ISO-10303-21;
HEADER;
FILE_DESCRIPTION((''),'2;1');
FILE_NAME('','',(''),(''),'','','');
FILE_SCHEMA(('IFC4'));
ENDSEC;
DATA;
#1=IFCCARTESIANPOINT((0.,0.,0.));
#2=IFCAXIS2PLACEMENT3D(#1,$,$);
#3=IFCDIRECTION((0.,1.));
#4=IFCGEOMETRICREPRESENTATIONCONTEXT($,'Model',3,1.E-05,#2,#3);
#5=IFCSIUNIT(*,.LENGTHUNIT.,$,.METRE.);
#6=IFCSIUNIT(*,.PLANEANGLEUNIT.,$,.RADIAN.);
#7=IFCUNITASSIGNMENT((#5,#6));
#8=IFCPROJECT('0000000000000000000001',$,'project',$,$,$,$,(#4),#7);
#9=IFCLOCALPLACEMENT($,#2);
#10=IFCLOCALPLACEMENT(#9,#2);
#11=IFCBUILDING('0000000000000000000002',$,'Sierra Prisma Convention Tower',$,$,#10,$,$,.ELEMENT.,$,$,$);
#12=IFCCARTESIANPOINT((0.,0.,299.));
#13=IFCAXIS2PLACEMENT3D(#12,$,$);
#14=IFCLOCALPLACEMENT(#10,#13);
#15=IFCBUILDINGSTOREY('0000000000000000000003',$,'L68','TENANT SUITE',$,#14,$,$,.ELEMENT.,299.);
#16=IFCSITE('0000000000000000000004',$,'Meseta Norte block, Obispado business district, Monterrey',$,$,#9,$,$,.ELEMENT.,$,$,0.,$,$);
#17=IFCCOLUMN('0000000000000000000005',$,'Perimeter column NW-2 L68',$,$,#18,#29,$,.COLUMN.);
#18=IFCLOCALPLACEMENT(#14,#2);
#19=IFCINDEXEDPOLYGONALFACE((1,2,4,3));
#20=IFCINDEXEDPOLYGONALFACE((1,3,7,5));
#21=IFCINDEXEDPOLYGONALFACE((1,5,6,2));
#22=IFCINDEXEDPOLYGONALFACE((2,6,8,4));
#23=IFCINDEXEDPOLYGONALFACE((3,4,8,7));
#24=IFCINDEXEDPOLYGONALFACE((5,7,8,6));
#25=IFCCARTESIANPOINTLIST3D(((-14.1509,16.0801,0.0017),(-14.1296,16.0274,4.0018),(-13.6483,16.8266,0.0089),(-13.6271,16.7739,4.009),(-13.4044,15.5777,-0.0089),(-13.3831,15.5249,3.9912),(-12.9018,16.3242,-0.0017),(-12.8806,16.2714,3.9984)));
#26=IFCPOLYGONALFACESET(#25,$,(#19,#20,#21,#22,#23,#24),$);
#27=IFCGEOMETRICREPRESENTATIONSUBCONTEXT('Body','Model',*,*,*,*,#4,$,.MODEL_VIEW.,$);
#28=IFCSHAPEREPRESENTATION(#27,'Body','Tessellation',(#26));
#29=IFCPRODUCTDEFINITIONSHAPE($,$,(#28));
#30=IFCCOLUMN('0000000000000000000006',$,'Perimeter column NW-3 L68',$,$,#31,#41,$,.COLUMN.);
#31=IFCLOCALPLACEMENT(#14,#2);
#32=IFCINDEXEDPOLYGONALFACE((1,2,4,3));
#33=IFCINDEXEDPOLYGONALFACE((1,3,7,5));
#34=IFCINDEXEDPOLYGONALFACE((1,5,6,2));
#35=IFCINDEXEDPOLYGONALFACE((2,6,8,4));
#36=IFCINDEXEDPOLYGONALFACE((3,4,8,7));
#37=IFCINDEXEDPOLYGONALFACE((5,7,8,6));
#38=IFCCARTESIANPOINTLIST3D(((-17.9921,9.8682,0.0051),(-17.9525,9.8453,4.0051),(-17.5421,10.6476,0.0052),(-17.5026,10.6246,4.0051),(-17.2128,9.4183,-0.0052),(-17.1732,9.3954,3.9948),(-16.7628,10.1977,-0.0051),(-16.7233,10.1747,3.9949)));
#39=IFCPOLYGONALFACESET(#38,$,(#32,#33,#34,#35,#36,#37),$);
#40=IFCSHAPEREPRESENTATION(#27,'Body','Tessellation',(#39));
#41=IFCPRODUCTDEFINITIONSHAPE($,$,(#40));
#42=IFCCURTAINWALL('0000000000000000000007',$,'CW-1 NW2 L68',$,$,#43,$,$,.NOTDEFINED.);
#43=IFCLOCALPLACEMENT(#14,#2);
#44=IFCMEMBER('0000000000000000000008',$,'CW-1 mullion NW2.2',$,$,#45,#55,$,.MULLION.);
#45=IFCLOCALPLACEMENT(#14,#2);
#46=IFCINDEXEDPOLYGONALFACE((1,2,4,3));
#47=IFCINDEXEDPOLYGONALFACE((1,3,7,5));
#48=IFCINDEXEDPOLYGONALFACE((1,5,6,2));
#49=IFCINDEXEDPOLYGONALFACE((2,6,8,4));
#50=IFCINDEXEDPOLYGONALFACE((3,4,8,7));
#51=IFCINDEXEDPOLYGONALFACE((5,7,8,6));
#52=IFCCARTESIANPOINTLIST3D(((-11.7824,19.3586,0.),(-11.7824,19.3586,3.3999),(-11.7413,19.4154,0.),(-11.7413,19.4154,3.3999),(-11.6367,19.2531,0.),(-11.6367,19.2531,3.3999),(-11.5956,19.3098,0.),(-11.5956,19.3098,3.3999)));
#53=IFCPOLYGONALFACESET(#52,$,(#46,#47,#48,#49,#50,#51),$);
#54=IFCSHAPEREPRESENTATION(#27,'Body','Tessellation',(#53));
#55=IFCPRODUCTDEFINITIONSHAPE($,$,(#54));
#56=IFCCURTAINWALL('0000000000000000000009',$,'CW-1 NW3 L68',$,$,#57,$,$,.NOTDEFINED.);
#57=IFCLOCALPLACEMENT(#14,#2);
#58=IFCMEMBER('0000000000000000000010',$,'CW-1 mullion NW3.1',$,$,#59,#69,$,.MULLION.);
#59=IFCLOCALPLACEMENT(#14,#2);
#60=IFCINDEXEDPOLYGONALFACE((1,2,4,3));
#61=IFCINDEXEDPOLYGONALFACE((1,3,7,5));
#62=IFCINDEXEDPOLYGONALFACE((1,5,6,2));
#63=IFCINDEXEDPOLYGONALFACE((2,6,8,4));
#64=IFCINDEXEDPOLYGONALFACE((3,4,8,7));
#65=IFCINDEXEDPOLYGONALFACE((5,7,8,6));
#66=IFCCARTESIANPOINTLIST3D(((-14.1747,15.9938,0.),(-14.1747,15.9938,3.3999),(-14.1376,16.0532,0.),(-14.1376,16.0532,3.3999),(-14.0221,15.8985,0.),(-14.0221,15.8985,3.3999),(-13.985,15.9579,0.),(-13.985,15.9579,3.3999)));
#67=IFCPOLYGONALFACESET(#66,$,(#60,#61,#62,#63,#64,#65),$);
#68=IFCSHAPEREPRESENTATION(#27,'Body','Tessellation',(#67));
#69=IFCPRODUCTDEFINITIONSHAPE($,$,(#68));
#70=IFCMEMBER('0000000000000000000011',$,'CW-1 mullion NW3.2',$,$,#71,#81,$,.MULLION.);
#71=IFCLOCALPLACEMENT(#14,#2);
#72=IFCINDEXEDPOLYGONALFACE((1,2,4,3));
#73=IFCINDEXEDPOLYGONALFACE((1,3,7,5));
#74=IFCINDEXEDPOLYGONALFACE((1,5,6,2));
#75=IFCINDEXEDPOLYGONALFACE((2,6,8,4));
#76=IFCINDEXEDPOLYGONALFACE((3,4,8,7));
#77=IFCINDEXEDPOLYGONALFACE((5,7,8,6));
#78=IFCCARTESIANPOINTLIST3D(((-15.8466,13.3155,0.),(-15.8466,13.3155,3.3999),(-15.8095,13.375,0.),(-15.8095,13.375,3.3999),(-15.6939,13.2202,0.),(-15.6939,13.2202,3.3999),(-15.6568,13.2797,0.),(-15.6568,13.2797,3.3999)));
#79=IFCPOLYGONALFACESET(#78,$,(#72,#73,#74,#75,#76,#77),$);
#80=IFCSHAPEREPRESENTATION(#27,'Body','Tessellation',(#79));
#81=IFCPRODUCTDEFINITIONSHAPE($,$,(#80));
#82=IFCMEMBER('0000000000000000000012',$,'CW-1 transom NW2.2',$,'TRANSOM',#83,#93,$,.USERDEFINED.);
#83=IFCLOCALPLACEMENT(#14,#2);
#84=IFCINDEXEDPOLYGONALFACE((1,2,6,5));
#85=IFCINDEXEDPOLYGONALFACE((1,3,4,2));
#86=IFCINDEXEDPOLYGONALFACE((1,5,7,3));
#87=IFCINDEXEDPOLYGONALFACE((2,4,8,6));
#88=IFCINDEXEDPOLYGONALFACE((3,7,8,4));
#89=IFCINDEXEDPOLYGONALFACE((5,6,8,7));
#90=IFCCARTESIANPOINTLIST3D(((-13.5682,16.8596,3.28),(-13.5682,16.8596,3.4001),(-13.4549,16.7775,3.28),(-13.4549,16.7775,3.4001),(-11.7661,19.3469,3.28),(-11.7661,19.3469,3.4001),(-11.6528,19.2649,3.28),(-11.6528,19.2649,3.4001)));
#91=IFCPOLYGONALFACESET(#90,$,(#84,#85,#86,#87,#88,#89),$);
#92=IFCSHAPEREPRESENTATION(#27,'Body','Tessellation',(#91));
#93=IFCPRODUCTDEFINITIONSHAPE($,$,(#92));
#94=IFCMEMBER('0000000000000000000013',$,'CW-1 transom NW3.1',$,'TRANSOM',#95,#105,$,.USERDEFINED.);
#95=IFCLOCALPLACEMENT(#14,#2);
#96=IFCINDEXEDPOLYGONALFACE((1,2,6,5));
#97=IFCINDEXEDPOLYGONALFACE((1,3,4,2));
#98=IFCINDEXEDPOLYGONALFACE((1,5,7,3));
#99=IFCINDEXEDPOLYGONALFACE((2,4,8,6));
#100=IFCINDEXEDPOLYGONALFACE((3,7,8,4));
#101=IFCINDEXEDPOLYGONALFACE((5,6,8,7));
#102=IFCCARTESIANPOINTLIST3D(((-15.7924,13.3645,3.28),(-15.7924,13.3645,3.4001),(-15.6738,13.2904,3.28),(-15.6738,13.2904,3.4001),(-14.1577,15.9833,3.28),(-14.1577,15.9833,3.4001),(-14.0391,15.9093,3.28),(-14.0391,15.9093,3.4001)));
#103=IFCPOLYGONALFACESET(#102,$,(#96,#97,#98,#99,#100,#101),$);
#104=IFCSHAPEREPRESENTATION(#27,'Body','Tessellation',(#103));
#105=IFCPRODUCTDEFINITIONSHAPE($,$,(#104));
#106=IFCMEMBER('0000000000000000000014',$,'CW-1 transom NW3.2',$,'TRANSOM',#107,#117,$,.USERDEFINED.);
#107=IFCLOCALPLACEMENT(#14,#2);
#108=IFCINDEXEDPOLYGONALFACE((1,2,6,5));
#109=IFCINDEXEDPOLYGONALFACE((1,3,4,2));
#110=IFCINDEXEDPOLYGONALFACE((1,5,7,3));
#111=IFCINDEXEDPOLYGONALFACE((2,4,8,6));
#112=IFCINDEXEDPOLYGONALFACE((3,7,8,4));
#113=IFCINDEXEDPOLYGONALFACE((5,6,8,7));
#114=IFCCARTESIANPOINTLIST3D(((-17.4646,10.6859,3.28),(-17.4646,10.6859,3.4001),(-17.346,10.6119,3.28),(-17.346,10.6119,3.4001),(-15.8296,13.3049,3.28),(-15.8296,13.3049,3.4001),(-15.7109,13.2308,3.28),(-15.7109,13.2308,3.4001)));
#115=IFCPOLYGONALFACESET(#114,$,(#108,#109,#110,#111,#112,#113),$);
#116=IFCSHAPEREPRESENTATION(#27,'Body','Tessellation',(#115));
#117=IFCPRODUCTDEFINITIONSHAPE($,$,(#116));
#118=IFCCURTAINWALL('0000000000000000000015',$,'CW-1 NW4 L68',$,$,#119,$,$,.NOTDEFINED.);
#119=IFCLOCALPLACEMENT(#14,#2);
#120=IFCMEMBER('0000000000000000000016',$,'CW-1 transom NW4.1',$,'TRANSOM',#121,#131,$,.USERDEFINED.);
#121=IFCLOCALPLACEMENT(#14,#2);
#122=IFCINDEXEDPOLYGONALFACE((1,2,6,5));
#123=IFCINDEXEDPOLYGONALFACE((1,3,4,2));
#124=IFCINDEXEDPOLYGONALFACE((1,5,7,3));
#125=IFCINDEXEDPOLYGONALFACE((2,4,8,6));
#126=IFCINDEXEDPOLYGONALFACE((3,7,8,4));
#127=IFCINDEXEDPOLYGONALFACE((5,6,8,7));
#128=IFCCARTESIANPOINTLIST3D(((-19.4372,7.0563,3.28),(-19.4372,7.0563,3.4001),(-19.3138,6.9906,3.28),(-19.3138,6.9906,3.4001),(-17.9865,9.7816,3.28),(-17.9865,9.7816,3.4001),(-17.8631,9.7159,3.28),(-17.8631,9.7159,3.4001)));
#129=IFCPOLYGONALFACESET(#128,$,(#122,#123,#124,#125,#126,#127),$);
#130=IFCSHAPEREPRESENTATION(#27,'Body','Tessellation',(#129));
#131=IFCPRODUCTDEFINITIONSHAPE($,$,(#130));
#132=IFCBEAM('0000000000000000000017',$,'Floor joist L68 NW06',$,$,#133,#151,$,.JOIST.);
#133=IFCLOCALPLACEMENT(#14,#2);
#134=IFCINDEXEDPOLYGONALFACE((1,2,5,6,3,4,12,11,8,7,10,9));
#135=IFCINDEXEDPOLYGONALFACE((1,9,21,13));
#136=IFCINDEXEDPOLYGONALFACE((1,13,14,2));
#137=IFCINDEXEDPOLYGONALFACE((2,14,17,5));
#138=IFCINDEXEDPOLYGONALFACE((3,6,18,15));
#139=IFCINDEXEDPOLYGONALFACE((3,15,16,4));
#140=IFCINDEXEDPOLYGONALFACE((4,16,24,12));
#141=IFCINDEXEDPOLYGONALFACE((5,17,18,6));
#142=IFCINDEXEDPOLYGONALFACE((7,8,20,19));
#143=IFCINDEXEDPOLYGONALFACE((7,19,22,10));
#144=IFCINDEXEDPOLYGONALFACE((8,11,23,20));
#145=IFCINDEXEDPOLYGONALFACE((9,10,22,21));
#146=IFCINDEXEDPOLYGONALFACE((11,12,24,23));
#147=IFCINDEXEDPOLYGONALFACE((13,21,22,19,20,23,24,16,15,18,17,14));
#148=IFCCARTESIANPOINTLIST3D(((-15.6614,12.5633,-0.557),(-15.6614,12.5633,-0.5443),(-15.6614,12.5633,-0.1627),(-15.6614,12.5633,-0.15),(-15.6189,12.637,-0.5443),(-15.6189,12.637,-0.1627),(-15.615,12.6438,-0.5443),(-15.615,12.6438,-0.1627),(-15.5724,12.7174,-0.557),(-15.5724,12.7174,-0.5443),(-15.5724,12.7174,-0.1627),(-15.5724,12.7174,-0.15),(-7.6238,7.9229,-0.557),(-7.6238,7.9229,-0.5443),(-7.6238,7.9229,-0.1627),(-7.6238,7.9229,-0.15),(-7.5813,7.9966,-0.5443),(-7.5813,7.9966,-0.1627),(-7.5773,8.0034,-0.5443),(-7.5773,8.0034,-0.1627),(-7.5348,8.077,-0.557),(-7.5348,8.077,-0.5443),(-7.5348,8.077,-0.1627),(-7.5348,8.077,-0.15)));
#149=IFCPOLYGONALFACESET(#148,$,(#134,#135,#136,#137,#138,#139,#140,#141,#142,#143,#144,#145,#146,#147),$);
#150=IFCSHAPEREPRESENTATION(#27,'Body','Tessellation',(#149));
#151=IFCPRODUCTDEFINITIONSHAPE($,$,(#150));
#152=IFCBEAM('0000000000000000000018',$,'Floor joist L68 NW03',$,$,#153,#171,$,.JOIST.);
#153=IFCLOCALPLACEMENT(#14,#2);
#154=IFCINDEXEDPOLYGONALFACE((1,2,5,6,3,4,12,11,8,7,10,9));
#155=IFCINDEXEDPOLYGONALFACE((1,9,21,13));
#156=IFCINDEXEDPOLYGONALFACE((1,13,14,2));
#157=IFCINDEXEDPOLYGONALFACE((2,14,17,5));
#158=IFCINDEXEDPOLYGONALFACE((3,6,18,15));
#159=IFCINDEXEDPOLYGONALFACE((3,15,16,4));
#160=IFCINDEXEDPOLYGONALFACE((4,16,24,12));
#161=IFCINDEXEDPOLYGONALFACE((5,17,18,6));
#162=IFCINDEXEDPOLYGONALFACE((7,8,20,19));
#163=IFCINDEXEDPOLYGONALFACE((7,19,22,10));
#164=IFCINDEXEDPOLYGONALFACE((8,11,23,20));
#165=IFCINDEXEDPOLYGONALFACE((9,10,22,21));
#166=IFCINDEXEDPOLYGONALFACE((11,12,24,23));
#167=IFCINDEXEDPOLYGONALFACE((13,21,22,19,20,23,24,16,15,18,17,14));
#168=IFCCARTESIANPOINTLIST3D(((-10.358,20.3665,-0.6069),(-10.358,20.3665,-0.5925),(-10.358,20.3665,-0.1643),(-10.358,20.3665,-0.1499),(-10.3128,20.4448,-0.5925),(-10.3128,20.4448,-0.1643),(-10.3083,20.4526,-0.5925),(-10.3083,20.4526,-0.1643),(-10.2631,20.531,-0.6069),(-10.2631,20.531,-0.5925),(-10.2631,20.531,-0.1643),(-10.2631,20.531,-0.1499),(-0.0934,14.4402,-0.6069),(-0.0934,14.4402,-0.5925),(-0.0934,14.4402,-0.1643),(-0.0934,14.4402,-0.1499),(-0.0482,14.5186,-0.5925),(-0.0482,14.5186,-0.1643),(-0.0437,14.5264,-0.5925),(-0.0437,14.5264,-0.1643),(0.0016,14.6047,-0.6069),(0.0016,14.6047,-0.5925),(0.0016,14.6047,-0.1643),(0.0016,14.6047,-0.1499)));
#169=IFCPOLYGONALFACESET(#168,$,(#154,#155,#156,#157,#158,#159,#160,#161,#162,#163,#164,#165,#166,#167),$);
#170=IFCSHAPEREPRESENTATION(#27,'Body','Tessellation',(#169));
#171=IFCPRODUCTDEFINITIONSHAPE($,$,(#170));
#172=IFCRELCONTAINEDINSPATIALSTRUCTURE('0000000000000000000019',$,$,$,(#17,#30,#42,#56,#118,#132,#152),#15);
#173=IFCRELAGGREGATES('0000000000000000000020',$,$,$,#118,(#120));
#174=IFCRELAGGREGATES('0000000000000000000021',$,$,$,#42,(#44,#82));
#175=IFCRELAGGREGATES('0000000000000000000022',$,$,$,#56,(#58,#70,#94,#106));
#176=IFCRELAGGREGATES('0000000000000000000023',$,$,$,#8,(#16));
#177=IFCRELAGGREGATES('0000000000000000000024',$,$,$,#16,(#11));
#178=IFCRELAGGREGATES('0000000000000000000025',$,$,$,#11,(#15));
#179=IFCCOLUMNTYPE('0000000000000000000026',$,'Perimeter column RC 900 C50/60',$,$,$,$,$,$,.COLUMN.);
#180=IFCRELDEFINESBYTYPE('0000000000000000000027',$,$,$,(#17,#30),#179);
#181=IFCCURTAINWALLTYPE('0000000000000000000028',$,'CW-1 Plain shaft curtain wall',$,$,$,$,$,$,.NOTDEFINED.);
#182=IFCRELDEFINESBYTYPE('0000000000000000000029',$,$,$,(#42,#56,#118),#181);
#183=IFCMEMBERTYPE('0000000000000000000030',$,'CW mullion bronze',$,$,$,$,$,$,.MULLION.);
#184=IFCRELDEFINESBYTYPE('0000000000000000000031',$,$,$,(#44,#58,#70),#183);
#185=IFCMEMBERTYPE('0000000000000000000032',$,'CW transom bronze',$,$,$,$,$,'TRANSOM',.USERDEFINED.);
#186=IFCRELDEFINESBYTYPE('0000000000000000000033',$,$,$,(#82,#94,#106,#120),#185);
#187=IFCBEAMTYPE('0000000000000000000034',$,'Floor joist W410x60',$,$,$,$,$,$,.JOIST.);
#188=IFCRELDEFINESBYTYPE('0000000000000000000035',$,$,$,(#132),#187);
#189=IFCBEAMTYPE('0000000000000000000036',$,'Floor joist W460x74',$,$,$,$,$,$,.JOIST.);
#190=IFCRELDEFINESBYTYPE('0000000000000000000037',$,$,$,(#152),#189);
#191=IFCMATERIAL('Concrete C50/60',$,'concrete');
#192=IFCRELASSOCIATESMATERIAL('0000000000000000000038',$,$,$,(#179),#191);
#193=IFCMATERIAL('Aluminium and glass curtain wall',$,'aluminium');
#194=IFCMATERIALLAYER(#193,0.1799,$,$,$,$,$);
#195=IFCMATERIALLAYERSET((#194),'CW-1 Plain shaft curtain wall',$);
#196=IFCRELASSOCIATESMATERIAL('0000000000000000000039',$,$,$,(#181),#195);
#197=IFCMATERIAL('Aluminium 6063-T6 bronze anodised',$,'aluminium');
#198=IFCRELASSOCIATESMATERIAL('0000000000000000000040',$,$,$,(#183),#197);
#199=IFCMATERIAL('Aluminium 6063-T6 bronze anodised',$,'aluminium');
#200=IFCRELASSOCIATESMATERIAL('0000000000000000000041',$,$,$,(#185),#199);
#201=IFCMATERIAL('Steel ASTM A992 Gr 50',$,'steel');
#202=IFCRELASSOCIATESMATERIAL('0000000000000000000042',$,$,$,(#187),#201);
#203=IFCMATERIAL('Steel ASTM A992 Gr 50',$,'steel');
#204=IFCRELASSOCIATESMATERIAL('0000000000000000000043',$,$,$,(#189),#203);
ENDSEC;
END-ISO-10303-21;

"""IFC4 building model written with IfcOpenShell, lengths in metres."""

from ifc_helpers import new_model, si_unit, direction, frame, origin, origin_2d, place, context, subcontext, project, spatial, rectangle, i_section, extrude, material, layer, layer_set, material_profile, profile_set, type_object, element, aggregate, save


model = new_model("IFC4")

# Units and contexts
model_context = context("Model", 3, precision=1e-05, world=origin(), true_north=direction((0.0, 1.0)))
body_context = subcontext(model_context, "Body", "Model", "MODEL_VIEW")
ifc_project = project(units=[si_unit("LENGTHUNIT", "METRE"), si_unit("PLANEANGLEUNIT", "RADIAN")], contexts=[model_context])

# Site, building, storey
site_placement = place(None, origin())
site = spatial("IfcSite", under=ifc_project, at=site_placement, Name="Meseta Norte block, Obispado business district, Monterrey", CompositionType="ELEMENT", RefElevation=0.0)
building_placement = place(site_placement, origin())
building = spatial("IfcBuilding", under=site, at=building_placement, Name="Sierra Prisma Convention Tower", CompositionType="ELEMENT")
storey_placement = place(building_placement, frame((0.0, 0.0, 299.0)))
storey = spatial("IfcBuildingStorey", under=building, at=storey_placement, Name="L68", Description="TENANT SUITE", CompositionType="ELEMENT", Elevation=299.0)

# Columns
ifc_material_1 = material(Name="Concrete C50/60", Category="concrete")
ifc_material_profile_1 = material_profile(ifc_material_1, rectangle(XDim=0.8999, YDim=0.8999, at=origin_2d()), Name="Perimeter column RC 900 C50/60")
ifc_profile_set_1 = profile_set([ifc_material_profile_1], Name="Concrete C50/60")
column_type = type_object("IfcColumnType", Name="Perimeter column RC 900 C50/60", PredefinedType="COLUMN", material=ifc_profile_set_1)
column_1_placement = place(storey_placement, frame((-13.5264, 16.2021, 0.0), z_axis=(0.00531, -0.013182, 0.999899), x_axis=(0.558438, 0.829508, 0.007971)))
element("IfcColumn", 1, at=column_1_placement, inside=storey, type_object=column_type, Name="Perimeter column NW-2 L68", PredefinedType="COLUMN", context=body_context, shape_type="SweptSolid", body=[
    extrude(rectangle(XDim=0.8999, YDim=0.8999, at=origin_2d()), origin(), (0.0, 0.0, 1.0), 4.0005),
])
column_2_placement = place(storey_placement, frame((-17.3774, 10.033, 0.0), z_axis=(0.009887, -0.005737, 0.999935), x_axis=(0.499976, 0.86604, 0.000025)))
element("IfcColumn", 2, at=column_2_placement, inside=storey, type_object=column_type, Name="Perimeter column NW-3 L68", PredefinedType="COLUMN", context=body_context, shape_type="SweptSolid", body=[
    extrude(rectangle(XDim=0.8999, YDim=0.8999, at=origin_2d()), origin(), (0.0, 0.0, 1.0), 4.0002),
])

# Curtain wall, member
ifc_material_2 = material(Name="Aluminium and glass curtain wall", Category="aluminium")
ifc_layer_1 = layer(ifc_material_2, 0.1799)
ifc_layer_set_1 = layer_set([ifc_layer_1], Name="CW-1 Plain shaft curtain wall")
curtain_wall_type = type_object("IfcCurtainWallType", Name="CW-1 Plain shaft curtain wall", PredefinedType="NOTDEFINED", material=ifc_layer_set_1)
curtain_wall_1_placement = place(storey_placement, origin())
curtain_wall_1 = element("IfcCurtainWall", 3, at=curtain_wall_1_placement, inside=storey, type_object=curtain_wall_type, Name="CW-1 NW2 L68", PredefinedType="NOTDEFINED")
ifc_material_3 = material(Name="Aluminium 6063-T6 bronze anodised", Category="aluminium")
ifc_material_profile_2 = material_profile(ifc_material_3, rectangle(XDim=0.1799, YDim=0.0701, at=origin_2d()), Name="ALU MULLION 70x180")
ifc_profile_set_2 = profile_set([ifc_material_profile_2], Name="Aluminium 6063-T6 bronze anodised")
member_type_1 = type_object("IfcMemberType", Name="CW mullion bronze", PredefinedType="MULLION", material=ifc_profile_set_2)
member_1_placement = place(storey_placement, frame((-11.689, 19.3342, 0.0), z_axis=(0.0, 0.0, 1.0), x_axis=(0.809811, -0.586691, 0.0)))
member_1 = element("IfcMember", 4, at=member_1_placement, type_object=member_type_1, Name="CW-1 mullion NW2.2", PredefinedType="MULLION", context=body_context, shape_type="SweptSolid", body=[
    extrude(rectangle(XDim=0.1799, YDim=0.0701, at=origin_2d()), origin(), (0.0, 0.0, 1.0), 3.3999),
])

# Curtain wall, members
curtain_wall_2_placement = place(storey_placement, origin())
curtain_wall_2 = element("IfcCurtainWall", 5, at=curtain_wall_2_placement, inside=storey, type_object=curtain_wall_type, Name="CW-1 NW3 L68", PredefinedType="NOTDEFINED")
member_2_placement = place(storey_placement, frame((-14.0798, 15.9758, 0.0), z_axis=(0.0, 0.0, 1.0), x_axis=(0.848287, -0.529537, 0.0)))
member_2 = element("IfcMember", 6, at=member_2_placement, type_object=member_type_1, Name="CW-1 mullion NW3.1", PredefinedType="MULLION", context=body_context, shape_type="SweptSolid", body=[
    extrude(rectangle(XDim=0.1799, YDim=0.0701, at=origin_2d()), origin(), (0.0, 0.0, 1.0), 3.3999),
])
member_3_placement = place(storey_placement, frame((-15.7517, 13.2976, 0.0), z_axis=(0.0, 0.0, 1.0), x_axis=(0.848287, -0.529537, 0.0)))
member_3 = element("IfcMember", 7, at=member_3_placement, type_object=member_type_1, Name="CW-1 mullion NW3.2", PredefinedType="MULLION", context=body_context, shape_type="SweptSolid", body=[
    extrude(rectangle(XDim=0.1799, YDim=0.0701, at=origin_2d()), origin(), (0.0, 0.0, 1.0), 3.3999),
])

# Members
ifc_material_4 = material(Name="Aluminium 6063-T6 bronze anodised", Category="aluminium")
ifc_material_profile_3 = material_profile(ifc_material_4, rectangle(XDim=0.1399, YDim=0.1201, at=origin_2d()), Name="ALU TRANSOM 120x140")
ifc_profile_set_3 = profile_set([ifc_material_profile_3], Name="Aluminium 6063-T6 bronze anodised")
member_type_2 = type_object("IfcMemberType", Name="CW transom bronze", ElementType="TRANSOM", PredefinedType="USERDEFINED", material=ifc_profile_set_3)
member_4_placement = place(storey_placement, frame((-11.7095, 19.3059, 3.3401), z_axis=(-0.586691, -0.809811, 0.0), x_axis=(0.809811, -0.586691, 0.0)))
member_4 = element("IfcMember", 8, at=member_4_placement, type_object=member_type_2, Name="CW-1 transom NW2.2", ObjectType="TRANSOM", PredefinedType="USERDEFINED", context=body_context, shape_type="SweptSolid", body=[
    extrude(rectangle(XDim=0.1399, YDim=0.1201, at=origin_2d()), origin(), (0.0, 0.0, 1.0), 3.0715),
])
member_5_placement = place(storey_placement, frame((-14.0984, 15.9463, 3.3401), z_axis=(-0.529523, -0.848296, 0.0), x_axis=(0.848296, -0.529523, 0.0)))
member_5 = element("IfcMember", 9, at=member_5_placement, type_object=member_type_2, Name="CW-1 transom NW3.1", ObjectType="TRANSOM", PredefinedType="USERDEFINED", context=body_context, shape_type="SweptSolid", body=[
    extrude(rectangle(XDim=0.1399, YDim=0.1201, at=origin_2d()), origin(), (0.0, 0.0, 1.0), 3.0872),
])
member_6_placement = place(storey_placement, frame((-15.7703, 13.2678, 3.3401), z_axis=(-0.529579, -0.84826, 0.0), x_axis=(0.84826, -0.529579, 0.0)))
member_6 = element("IfcMember", 10, at=member_6_placement, type_object=member_type_2, Name="CW-1 transom NW3.2", ObjectType="TRANSOM", PredefinedType="USERDEFINED", context=body_context, shape_type="SweptSolid", body=[
    extrude(rectangle(XDim=0.1399, YDim=0.1201, at=origin_2d()), origin(), (0.0, 0.0, 1.0), 3.0874),
])

# Curtain wall, member
curtain_wall_3_placement = place(storey_placement, origin())
curtain_wall_3 = element("IfcCurtainWall", 11, at=curtain_wall_3_placement, inside=storey, type_object=curtain_wall_type, Name="CW-1 NW4 L68", PredefinedType="NOTDEFINED")
member_7_placement = place(storey_placement, frame((-17.9248, 9.7488, 3.3401), z_axis=(-0.469874, -0.882734, 0.0), x_axis=(0.882734, -0.469874, 0.0)))
member_7 = element("IfcMember", 12, at=member_7_placement, type_object=member_type_2, Name="CW-1 transom NW4.1", ObjectType="TRANSOM", PredefinedType="USERDEFINED", context=body_context, shape_type="SweptSolid", body=[
    extrude(rectangle(XDim=0.1399, YDim=0.1201, at=origin_2d()), origin(), (0.0, 0.0, 1.0), 3.0874),
])
aggregate(curtain_wall_3, [member_7])

# Beams
ifc_material_5 = material(Name="Steel ASTM A992 Gr 50", Category="steel")
ifc_material_profile_4 = material_profile(ifc_material_5, i_section(OverallWidth=0.178, OverallDepth=0.407, WebThickness=0.0078, FlangeThickness=0.0127, at=origin_2d()), Name="W410x60")
ifc_profile_set_4 = profile_set([ifc_material_profile_4], Name="Steel ASTM A992 Gr 50")
beam_type_1 = type_object("IfcBeamType", Name="Floor joist W410x60", PredefinedType="JOIST", material=ifc_profile_set_4)
beam_1_placement = place(storey_placement, frame((-15.6169, 12.6404, -0.3535), z_axis=(0.866031, -0.49999, 0.0), x_axis=(0.49999, 0.866031, 0.0)))
element("IfcBeam", 13, at=beam_1_placement, inside=storey, type_object=beam_type_1, Name="Floor joist L68 NW06", PredefinedType="JOIST", context=body_context, shape_type="SweptSolid", body=[
    extrude(i_section(OverallWidth=0.178, OverallDepth=0.407, WebThickness=0.0078, FlangeThickness=0.0127, at=origin_2d()), origin(), (0.0, 0.0, 1.0), 9.281),
])
ifc_material_6 = material(Name="Steel ASTM A992 Gr 50", Category="steel")
ifc_material_profile_5 = material_profile(ifc_material_6, i_section(OverallWidth=0.1899, OverallDepth=0.457, WebThickness=0.009, FlangeThickness=0.0144, at=origin_2d()), Name="W460x74")
ifc_profile_set_5 = profile_set([ifc_material_profile_5], Name="Steel ASTM A992 Gr 50")
beam_type_2 = type_object("IfcBeamType", Name="Floor joist W460x74", PredefinedType="JOIST", material=ifc_profile_set_5)
beam_2_placement = place(storey_placement, frame((-10.3105, 20.4487, -0.3784), z_axis=(0.866026, -0.499998, 0.0), x_axis=(0.499998, 0.866026, 0.0)))
element("IfcBeam", 14, at=beam_2_placement, inside=storey, type_object=beam_type_2, Name="Floor joist L68 NW03", PredefinedType="JOIST", context=body_context, shape_type="SweptSolid", body=[
    extrude(i_section(OverallWidth=0.1899, OverallDepth=0.457, WebThickness=0.009, FlangeThickness=0.0144, at=origin_2d()), origin(), (0.0, 0.0, 1.0), 11.8525),
])

aggregate(curtain_wall_1, [member_1, member_4])
aggregate(curtain_wall_2, [member_2, member_3, member_5, member_6])

save(model, "model.ifc")
